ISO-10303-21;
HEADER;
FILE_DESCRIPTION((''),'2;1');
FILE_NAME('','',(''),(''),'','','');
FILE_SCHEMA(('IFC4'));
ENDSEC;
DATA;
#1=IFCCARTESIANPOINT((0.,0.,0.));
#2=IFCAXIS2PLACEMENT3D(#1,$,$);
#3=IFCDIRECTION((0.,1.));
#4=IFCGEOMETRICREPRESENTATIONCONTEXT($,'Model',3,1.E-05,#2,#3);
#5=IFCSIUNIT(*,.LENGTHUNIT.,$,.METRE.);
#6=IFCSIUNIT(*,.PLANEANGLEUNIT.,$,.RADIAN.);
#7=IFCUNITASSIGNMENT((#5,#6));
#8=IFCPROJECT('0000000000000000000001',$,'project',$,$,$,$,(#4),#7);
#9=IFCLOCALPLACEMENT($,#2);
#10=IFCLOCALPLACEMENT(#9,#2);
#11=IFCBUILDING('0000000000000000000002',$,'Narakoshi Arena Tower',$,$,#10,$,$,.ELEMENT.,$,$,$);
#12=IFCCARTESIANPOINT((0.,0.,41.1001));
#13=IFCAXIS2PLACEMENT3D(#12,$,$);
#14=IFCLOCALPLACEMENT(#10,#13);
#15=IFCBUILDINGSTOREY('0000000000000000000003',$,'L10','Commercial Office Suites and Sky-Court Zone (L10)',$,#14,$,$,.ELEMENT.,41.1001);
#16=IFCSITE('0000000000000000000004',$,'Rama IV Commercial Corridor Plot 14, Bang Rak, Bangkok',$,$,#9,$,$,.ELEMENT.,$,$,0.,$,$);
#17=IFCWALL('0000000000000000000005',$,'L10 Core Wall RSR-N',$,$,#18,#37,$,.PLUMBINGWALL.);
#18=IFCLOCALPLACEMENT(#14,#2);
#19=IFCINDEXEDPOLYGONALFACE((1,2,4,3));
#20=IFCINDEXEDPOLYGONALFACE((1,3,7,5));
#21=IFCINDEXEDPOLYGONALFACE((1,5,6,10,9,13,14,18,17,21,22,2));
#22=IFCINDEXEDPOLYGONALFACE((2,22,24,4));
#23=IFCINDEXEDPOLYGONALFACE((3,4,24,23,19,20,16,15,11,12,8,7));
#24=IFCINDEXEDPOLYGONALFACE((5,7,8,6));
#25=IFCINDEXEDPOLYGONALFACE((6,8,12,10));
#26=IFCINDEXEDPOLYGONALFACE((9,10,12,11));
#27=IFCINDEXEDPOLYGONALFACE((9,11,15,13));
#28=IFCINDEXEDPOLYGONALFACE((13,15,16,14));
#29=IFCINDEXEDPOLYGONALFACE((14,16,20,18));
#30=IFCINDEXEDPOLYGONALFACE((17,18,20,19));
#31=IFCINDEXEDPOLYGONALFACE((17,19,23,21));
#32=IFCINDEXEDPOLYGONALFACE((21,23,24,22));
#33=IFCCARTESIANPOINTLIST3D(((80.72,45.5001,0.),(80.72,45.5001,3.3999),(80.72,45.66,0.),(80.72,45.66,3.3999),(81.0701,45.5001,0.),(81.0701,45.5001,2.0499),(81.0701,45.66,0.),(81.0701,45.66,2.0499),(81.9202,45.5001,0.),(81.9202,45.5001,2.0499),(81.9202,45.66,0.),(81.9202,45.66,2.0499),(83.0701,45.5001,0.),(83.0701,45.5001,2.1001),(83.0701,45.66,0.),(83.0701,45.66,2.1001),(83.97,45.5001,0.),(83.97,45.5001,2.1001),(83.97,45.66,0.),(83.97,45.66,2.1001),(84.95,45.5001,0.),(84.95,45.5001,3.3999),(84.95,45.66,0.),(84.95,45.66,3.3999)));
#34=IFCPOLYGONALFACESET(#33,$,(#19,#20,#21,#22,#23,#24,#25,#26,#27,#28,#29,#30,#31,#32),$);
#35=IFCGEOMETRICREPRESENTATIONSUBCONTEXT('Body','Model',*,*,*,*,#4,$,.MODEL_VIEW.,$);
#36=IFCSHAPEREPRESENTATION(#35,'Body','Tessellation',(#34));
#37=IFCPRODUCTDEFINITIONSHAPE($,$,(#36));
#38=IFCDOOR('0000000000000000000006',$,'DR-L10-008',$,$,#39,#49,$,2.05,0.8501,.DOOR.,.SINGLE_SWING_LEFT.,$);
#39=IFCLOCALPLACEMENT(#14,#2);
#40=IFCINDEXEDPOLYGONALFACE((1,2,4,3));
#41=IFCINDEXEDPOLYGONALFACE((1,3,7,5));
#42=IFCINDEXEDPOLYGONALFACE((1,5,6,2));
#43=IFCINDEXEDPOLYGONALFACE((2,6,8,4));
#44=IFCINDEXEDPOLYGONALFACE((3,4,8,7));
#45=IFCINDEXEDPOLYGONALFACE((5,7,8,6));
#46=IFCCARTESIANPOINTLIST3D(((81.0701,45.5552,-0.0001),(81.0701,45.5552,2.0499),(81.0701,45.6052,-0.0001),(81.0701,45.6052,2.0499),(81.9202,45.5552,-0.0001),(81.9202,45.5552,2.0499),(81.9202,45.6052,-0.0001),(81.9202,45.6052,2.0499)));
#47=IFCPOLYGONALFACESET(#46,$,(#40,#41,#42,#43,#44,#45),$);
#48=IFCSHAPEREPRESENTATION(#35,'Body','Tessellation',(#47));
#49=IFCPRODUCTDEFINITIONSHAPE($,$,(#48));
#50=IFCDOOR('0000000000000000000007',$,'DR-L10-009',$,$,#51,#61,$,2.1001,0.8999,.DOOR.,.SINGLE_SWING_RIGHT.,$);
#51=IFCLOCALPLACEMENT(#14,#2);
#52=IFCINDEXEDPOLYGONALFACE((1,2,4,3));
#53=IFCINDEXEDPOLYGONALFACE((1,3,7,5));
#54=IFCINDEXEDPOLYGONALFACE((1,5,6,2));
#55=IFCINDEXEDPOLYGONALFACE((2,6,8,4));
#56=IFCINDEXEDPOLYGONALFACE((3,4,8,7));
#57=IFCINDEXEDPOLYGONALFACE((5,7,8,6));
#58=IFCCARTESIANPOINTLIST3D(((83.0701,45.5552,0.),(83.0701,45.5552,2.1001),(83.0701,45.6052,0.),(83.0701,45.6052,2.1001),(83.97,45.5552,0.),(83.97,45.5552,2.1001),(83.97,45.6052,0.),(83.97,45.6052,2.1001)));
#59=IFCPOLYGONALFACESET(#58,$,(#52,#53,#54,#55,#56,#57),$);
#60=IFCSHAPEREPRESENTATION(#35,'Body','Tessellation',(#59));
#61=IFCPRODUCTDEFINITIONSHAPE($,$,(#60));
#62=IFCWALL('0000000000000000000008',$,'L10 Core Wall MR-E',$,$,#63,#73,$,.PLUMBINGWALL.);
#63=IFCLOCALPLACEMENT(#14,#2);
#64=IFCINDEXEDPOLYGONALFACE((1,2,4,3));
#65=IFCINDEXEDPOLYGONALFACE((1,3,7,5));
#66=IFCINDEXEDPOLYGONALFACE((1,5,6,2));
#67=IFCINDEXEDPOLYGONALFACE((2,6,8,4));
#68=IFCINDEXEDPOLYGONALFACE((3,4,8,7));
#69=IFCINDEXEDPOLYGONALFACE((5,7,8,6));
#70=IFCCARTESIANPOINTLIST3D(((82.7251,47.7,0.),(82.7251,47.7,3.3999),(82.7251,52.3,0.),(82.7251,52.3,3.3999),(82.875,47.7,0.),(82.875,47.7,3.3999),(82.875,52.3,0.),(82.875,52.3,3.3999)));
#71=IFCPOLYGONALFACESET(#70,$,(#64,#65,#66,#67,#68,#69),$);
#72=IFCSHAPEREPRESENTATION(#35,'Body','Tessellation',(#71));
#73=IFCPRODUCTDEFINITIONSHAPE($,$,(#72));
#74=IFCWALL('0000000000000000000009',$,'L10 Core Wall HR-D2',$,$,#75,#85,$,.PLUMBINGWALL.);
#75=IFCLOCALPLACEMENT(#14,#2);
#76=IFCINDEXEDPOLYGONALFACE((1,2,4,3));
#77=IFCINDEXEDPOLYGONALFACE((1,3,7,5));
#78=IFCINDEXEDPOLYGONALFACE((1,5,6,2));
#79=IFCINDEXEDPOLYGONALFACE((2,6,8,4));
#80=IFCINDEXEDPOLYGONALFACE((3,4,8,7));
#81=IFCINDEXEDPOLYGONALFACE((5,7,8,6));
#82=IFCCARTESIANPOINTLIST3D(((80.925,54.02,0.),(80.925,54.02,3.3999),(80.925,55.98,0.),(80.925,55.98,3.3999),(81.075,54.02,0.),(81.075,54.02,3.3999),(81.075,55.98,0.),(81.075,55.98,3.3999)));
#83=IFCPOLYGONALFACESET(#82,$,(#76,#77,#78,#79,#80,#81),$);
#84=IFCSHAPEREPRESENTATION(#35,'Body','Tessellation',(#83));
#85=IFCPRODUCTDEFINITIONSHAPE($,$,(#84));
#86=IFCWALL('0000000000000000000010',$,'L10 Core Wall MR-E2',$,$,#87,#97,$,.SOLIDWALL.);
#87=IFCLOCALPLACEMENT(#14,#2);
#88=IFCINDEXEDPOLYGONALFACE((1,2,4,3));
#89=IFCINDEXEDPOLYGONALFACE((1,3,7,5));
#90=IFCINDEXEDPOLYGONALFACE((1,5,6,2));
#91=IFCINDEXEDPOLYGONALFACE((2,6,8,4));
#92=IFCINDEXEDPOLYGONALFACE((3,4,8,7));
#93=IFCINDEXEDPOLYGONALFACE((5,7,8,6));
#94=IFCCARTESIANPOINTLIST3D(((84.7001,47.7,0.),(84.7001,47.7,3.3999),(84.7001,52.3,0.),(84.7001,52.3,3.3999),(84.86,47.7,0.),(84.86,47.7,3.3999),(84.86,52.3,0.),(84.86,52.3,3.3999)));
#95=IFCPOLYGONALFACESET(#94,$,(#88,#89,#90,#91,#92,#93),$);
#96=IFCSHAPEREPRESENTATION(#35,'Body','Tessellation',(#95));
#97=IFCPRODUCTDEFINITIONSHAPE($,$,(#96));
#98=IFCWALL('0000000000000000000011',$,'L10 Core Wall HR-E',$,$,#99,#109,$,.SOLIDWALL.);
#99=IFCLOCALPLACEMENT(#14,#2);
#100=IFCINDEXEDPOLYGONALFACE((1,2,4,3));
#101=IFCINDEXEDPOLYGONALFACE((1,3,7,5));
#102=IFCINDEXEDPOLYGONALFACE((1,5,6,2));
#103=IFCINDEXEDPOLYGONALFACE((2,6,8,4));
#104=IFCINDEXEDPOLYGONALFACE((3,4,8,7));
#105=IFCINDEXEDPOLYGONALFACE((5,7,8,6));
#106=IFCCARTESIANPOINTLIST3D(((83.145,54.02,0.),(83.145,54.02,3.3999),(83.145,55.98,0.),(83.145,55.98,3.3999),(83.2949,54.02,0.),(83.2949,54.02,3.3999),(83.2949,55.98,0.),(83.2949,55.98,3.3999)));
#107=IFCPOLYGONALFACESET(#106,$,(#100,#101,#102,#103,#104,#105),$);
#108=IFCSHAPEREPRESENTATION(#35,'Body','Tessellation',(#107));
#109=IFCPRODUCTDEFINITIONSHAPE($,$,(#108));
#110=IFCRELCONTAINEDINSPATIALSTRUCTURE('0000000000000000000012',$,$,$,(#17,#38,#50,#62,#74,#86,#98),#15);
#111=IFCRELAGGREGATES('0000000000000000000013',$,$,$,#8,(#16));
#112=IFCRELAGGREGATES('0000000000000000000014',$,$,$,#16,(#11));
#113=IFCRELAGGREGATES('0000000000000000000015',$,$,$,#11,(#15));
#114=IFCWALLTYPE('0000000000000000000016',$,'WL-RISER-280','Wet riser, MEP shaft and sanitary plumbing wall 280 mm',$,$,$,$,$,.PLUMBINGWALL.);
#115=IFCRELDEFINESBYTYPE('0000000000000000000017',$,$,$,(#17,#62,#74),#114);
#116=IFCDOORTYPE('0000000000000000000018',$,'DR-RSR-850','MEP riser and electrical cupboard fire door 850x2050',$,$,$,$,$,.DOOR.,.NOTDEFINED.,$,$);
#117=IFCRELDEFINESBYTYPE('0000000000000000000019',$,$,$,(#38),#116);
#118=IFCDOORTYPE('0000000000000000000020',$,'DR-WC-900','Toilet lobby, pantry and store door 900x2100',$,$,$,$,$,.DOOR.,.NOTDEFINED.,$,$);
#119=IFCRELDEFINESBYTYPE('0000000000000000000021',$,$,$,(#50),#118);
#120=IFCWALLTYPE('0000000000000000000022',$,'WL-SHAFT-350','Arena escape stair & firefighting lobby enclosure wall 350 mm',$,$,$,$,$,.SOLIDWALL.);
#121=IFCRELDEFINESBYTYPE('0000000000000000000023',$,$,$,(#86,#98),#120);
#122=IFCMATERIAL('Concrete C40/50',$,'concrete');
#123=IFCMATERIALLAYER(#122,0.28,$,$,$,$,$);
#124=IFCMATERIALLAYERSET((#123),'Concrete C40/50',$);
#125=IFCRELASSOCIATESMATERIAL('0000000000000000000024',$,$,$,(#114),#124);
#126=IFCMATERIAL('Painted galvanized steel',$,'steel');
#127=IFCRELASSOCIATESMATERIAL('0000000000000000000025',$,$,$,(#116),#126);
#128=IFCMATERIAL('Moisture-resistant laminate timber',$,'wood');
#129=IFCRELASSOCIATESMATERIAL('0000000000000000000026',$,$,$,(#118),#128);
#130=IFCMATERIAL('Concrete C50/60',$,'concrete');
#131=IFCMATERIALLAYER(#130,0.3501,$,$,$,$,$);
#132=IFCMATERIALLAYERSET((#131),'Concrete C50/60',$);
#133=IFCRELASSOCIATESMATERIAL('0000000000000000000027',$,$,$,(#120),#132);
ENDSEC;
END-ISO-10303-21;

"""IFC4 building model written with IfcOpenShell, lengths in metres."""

from ifc_helpers import new_model, si_unit, direction, frame, frame_2d, origin, place, context, subcontext, project, spatial, rectangle, extrude, material, layer, layer_set, type_object, element, fill, save


model = new_model("IFC4")

# Units and contexts
model_context = context("Model", 3, precision=1e-05, world=origin(), true_north=direction((0.0, 1.0)))
body_context = subcontext(model_context, "Body", "Model", "MODEL_VIEW")
ifc_project = project(units=[si_unit("LENGTHUNIT", "METRE"), si_unit("PLANEANGLEUNIT", "RADIAN")], contexts=[model_context])

# Site, building, storey
site_placement = place(None, origin())
site = spatial("IfcSite", under=ifc_project, at=site_placement, Name="Rama IV Commercial Corridor Plot 14, Bang Rak, Bangkok", CompositionType="ELEMENT", RefElevation=0.0)
building_placement = place(site_placement, origin())
building = spatial("IfcBuilding", under=site, at=building_placement, Name="Narakoshi Arena Tower", CompositionType="ELEMENT")
storey_placement = place(building_placement, frame((0.0, 0.0, 41.1001)))
storey = spatial("IfcBuildingStorey", under=building, at=storey_placement, Name="L10", Description="Commercial Office Suites and Sky-Court Zone (L10)", CompositionType="ELEMENT", Elevation=41.1001)

# Wall, openings, doors
ifc_material_1 = material(Name="Concrete C40/50", Category="concrete")
ifc_layer_1 = layer(ifc_material_1, 0.28)
ifc_layer_set_1 = layer_set([ifc_layer_1], Name="Concrete C40/50")
wall_type_1 = type_object("IfcWallType", Name="WL-RISER-280", Description="Wet riser, MEP shaft and sanitary plumbing wall 280 mm", PredefinedType="PLUMBINGWALL", material=ifc_layer_set_1)
wall_1_placement = place(storey_placement, frame((80.72, 45.5801, 0.0), z_axis=(0.0, 0.0, 1.0), x_axis=(1.0, 0.0, 0.0)))
wall_1 = element("IfcWall", 1, at=wall_1_placement, inside=storey, type_object=wall_type_1, Name="L10 Core Wall RSR-N", PredefinedType="PLUMBINGWALL", context=body_context, shape_type="SweptSolid", body=[
    extrude(rectangle(XDim=4.23, YDim=0.1599, at=frame_2d((2.115, 0.0))), origin(), (0.0, 0.0, 1.0), 3.3999),
])
opening_1_placement = place(wall_1_placement, frame((0.3501, 0.0, 0.0)))
opening_1 = element("IfcOpeningElement", 2, at=opening_1_placement, cuts=wall_1, PredefinedType="OPENING", context=body_context, shape_type="SweptSolid", body=[
    extrude(rectangle(XDim=0.8501, YDim=2.05, at=frame_2d((0.425, 1.0249))), frame((0.0, 0.0898, 0.0), z_axis=(0.0, -1.0, 0.0), x_axis=(1.0, 0.0, 0.0)), (0.0, 0.0, 1.0), 0.1799),
])
opening_2_placement = place(wall_1_placement, frame((2.3501, 0.0, 0.0)))
opening_2 = element("IfcOpeningElement", 3, at=opening_2_placement, cuts=wall_1, PredefinedType="OPENING", context=body_context, shape_type="SweptSolid", body=[
    extrude(rectangle(XDim=0.8999, YDim=2.1001, at=frame_2d((0.45, 1.05))), frame((0.0, 0.0898, 0.0), z_axis=(0.0, -1.0, 0.0), x_axis=(1.0, 0.0, 0.0)), (0.0, 0.0, 1.0), 0.1799),
])
ifc_material_2 = material(Name="Painted galvanized steel", Category="steel")
door_type_1 = type_object("IfcDoorType", Name="DR-RSR-850", Description="MEP riser and electrical cupboard fire door 850x2050", OperationType="NOTDEFINED", PredefinedType="DOOR", material=ifc_material_2)
door_1_placement = place(opening_1_placement, frame((0.8501, 0.0, 0.0), z_axis=(0.0, 0.0, 1.0), x_axis=(-1.0, 0.0, 0.0)))
door_1 = element("IfcDoor", 4, at=door_1_placement, inside=storey, type_object=door_type_1, Name="DR-L10-008", OperationType="SINGLE_SWING_LEFT", OverallHeight=2.05, OverallWidth=0.8501, PredefinedType="DOOR", context=body_context, shape_type="SweptSolid", body=[
    extrude(rectangle(XDim=0.8501, YDim=2.05, at=frame_2d((0.425, 1.0249))), frame((0.0, 0.0249, 0.0), z_axis=(0.0, -1.0, 0.0), x_axis=(1.0, 0.0, 0.0)), (0.0, 0.0, 1.0), 0.05),
])
fill(opening_1, door_1)
ifc_material_3 = material(Name="Moisture-resistant laminate timber", Category="wood")
door_type_2 = type_object("IfcDoorType", Name="DR-WC-900", Description="Toilet lobby, pantry and store door 900x2100", OperationType="NOTDEFINED", PredefinedType="DOOR", material=ifc_material_3)
door_2_placement = place(opening_2_placement, frame((0.8999, 0.0, 0.0), z_axis=(0.0, 0.0, 1.0), x_axis=(-1.0, 0.0, 0.0)))
door_2 = element("IfcDoor", 5, at=door_2_placement, inside=storey, type_object=door_type_2, Name="DR-L10-009", OperationType="SINGLE_SWING_RIGHT", OverallHeight=2.1001, OverallWidth=0.8999, PredefinedType="DOOR", context=body_context, shape_type="SweptSolid", body=[
    extrude(rectangle(XDim=0.8999, YDim=2.1001, at=frame_2d((0.45, 1.05))), frame((0.0, 0.0249, 0.0), z_axis=(0.0, -1.0, 0.0), x_axis=(1.0, 0.0, 0.0)), (0.0, 0.0, 1.0), 0.05),
])
fill(opening_2, door_2)

# Walls
wall_2_placement = place(storey_placement, frame((82.8, 47.7, 0.0), z_axis=(0.0, 0.0, 1.0), x_axis=(0.0, 1.0, 0.0)))
element("IfcWall", 6, at=wall_2_placement, inside=storey, type_object=wall_type_1, Name="L10 Core Wall MR-E", PredefinedType="PLUMBINGWALL", context=body_context, shape_type="SweptSolid", body=[
    extrude(rectangle(XDim=4.6001, YDim=0.1499, at=frame_2d((2.3, 0.0))), origin(), (0.0, 0.0, 1.0), 3.3999),
])
wall_3_placement = place(storey_placement, frame((81.0, 54.02, 0.0), z_axis=(0.0, 0.0, 1.0), x_axis=(0.0, 1.0, 0.0)))
element("IfcWall", 7, at=wall_3_placement, inside=storey, type_object=wall_type_1, Name="L10 Core Wall HR-D2", PredefinedType="PLUMBINGWALL", context=body_context, shape_type="SweptSolid", body=[
    extrude(rectangle(XDim=1.96, YDim=0.1499, at=frame_2d((0.98, 0.0))), origin(), (0.0, 0.0, 1.0), 3.3999),
])
ifc_material_4 = material(Name="Concrete C50/60", Category="concrete")
ifc_layer_2 = layer(ifc_material_4, 0.3501)
ifc_layer_set_2 = layer_set([ifc_layer_2], Name="Concrete C50/60")
wall_type_2 = type_object("IfcWallType", Name="WL-SHAFT-350", Description="Arena escape stair & firefighting lobby enclosure wall 350 mm", PredefinedType="SOLIDWALL", material=ifc_layer_set_2)
wall_4_placement = place(storey_placement, frame((84.78, 47.7, 0.0), z_axis=(0.0, 0.0, 1.0), x_axis=(0.0, 1.0, 0.0)))
element("IfcWall", 8, at=wall_4_placement, inside=storey, type_object=wall_type_2, Name="L10 Core Wall MR-E2", PredefinedType="SOLIDWALL", context=body_context, shape_type="SweptSolid", body=[
    extrude(rectangle(XDim=4.6001, YDim=0.1599, at=frame_2d((2.3, 0.0))), origin(), (0.0, 0.0, 1.0), 3.3999),
])
wall_5_placement = place(storey_placement, frame((83.22, 54.02, 0.0), z_axis=(0.0, 0.0, 1.0), x_axis=(0.0, 1.0, 0.0)))
element("IfcWall", 9, at=wall_5_placement, inside=storey, type_object=wall_type_2, Name="L10 Core Wall HR-E", PredefinedType="SOLIDWALL", context=body_context, shape_type="SweptSolid", body=[
    extrude(rectangle(XDim=1.96, YDim=0.1499, at=frame_2d((0.98, 0.0))), origin(), (0.0, 0.0, 1.0), 3.3999),
])

save(model, "model.ifc")
